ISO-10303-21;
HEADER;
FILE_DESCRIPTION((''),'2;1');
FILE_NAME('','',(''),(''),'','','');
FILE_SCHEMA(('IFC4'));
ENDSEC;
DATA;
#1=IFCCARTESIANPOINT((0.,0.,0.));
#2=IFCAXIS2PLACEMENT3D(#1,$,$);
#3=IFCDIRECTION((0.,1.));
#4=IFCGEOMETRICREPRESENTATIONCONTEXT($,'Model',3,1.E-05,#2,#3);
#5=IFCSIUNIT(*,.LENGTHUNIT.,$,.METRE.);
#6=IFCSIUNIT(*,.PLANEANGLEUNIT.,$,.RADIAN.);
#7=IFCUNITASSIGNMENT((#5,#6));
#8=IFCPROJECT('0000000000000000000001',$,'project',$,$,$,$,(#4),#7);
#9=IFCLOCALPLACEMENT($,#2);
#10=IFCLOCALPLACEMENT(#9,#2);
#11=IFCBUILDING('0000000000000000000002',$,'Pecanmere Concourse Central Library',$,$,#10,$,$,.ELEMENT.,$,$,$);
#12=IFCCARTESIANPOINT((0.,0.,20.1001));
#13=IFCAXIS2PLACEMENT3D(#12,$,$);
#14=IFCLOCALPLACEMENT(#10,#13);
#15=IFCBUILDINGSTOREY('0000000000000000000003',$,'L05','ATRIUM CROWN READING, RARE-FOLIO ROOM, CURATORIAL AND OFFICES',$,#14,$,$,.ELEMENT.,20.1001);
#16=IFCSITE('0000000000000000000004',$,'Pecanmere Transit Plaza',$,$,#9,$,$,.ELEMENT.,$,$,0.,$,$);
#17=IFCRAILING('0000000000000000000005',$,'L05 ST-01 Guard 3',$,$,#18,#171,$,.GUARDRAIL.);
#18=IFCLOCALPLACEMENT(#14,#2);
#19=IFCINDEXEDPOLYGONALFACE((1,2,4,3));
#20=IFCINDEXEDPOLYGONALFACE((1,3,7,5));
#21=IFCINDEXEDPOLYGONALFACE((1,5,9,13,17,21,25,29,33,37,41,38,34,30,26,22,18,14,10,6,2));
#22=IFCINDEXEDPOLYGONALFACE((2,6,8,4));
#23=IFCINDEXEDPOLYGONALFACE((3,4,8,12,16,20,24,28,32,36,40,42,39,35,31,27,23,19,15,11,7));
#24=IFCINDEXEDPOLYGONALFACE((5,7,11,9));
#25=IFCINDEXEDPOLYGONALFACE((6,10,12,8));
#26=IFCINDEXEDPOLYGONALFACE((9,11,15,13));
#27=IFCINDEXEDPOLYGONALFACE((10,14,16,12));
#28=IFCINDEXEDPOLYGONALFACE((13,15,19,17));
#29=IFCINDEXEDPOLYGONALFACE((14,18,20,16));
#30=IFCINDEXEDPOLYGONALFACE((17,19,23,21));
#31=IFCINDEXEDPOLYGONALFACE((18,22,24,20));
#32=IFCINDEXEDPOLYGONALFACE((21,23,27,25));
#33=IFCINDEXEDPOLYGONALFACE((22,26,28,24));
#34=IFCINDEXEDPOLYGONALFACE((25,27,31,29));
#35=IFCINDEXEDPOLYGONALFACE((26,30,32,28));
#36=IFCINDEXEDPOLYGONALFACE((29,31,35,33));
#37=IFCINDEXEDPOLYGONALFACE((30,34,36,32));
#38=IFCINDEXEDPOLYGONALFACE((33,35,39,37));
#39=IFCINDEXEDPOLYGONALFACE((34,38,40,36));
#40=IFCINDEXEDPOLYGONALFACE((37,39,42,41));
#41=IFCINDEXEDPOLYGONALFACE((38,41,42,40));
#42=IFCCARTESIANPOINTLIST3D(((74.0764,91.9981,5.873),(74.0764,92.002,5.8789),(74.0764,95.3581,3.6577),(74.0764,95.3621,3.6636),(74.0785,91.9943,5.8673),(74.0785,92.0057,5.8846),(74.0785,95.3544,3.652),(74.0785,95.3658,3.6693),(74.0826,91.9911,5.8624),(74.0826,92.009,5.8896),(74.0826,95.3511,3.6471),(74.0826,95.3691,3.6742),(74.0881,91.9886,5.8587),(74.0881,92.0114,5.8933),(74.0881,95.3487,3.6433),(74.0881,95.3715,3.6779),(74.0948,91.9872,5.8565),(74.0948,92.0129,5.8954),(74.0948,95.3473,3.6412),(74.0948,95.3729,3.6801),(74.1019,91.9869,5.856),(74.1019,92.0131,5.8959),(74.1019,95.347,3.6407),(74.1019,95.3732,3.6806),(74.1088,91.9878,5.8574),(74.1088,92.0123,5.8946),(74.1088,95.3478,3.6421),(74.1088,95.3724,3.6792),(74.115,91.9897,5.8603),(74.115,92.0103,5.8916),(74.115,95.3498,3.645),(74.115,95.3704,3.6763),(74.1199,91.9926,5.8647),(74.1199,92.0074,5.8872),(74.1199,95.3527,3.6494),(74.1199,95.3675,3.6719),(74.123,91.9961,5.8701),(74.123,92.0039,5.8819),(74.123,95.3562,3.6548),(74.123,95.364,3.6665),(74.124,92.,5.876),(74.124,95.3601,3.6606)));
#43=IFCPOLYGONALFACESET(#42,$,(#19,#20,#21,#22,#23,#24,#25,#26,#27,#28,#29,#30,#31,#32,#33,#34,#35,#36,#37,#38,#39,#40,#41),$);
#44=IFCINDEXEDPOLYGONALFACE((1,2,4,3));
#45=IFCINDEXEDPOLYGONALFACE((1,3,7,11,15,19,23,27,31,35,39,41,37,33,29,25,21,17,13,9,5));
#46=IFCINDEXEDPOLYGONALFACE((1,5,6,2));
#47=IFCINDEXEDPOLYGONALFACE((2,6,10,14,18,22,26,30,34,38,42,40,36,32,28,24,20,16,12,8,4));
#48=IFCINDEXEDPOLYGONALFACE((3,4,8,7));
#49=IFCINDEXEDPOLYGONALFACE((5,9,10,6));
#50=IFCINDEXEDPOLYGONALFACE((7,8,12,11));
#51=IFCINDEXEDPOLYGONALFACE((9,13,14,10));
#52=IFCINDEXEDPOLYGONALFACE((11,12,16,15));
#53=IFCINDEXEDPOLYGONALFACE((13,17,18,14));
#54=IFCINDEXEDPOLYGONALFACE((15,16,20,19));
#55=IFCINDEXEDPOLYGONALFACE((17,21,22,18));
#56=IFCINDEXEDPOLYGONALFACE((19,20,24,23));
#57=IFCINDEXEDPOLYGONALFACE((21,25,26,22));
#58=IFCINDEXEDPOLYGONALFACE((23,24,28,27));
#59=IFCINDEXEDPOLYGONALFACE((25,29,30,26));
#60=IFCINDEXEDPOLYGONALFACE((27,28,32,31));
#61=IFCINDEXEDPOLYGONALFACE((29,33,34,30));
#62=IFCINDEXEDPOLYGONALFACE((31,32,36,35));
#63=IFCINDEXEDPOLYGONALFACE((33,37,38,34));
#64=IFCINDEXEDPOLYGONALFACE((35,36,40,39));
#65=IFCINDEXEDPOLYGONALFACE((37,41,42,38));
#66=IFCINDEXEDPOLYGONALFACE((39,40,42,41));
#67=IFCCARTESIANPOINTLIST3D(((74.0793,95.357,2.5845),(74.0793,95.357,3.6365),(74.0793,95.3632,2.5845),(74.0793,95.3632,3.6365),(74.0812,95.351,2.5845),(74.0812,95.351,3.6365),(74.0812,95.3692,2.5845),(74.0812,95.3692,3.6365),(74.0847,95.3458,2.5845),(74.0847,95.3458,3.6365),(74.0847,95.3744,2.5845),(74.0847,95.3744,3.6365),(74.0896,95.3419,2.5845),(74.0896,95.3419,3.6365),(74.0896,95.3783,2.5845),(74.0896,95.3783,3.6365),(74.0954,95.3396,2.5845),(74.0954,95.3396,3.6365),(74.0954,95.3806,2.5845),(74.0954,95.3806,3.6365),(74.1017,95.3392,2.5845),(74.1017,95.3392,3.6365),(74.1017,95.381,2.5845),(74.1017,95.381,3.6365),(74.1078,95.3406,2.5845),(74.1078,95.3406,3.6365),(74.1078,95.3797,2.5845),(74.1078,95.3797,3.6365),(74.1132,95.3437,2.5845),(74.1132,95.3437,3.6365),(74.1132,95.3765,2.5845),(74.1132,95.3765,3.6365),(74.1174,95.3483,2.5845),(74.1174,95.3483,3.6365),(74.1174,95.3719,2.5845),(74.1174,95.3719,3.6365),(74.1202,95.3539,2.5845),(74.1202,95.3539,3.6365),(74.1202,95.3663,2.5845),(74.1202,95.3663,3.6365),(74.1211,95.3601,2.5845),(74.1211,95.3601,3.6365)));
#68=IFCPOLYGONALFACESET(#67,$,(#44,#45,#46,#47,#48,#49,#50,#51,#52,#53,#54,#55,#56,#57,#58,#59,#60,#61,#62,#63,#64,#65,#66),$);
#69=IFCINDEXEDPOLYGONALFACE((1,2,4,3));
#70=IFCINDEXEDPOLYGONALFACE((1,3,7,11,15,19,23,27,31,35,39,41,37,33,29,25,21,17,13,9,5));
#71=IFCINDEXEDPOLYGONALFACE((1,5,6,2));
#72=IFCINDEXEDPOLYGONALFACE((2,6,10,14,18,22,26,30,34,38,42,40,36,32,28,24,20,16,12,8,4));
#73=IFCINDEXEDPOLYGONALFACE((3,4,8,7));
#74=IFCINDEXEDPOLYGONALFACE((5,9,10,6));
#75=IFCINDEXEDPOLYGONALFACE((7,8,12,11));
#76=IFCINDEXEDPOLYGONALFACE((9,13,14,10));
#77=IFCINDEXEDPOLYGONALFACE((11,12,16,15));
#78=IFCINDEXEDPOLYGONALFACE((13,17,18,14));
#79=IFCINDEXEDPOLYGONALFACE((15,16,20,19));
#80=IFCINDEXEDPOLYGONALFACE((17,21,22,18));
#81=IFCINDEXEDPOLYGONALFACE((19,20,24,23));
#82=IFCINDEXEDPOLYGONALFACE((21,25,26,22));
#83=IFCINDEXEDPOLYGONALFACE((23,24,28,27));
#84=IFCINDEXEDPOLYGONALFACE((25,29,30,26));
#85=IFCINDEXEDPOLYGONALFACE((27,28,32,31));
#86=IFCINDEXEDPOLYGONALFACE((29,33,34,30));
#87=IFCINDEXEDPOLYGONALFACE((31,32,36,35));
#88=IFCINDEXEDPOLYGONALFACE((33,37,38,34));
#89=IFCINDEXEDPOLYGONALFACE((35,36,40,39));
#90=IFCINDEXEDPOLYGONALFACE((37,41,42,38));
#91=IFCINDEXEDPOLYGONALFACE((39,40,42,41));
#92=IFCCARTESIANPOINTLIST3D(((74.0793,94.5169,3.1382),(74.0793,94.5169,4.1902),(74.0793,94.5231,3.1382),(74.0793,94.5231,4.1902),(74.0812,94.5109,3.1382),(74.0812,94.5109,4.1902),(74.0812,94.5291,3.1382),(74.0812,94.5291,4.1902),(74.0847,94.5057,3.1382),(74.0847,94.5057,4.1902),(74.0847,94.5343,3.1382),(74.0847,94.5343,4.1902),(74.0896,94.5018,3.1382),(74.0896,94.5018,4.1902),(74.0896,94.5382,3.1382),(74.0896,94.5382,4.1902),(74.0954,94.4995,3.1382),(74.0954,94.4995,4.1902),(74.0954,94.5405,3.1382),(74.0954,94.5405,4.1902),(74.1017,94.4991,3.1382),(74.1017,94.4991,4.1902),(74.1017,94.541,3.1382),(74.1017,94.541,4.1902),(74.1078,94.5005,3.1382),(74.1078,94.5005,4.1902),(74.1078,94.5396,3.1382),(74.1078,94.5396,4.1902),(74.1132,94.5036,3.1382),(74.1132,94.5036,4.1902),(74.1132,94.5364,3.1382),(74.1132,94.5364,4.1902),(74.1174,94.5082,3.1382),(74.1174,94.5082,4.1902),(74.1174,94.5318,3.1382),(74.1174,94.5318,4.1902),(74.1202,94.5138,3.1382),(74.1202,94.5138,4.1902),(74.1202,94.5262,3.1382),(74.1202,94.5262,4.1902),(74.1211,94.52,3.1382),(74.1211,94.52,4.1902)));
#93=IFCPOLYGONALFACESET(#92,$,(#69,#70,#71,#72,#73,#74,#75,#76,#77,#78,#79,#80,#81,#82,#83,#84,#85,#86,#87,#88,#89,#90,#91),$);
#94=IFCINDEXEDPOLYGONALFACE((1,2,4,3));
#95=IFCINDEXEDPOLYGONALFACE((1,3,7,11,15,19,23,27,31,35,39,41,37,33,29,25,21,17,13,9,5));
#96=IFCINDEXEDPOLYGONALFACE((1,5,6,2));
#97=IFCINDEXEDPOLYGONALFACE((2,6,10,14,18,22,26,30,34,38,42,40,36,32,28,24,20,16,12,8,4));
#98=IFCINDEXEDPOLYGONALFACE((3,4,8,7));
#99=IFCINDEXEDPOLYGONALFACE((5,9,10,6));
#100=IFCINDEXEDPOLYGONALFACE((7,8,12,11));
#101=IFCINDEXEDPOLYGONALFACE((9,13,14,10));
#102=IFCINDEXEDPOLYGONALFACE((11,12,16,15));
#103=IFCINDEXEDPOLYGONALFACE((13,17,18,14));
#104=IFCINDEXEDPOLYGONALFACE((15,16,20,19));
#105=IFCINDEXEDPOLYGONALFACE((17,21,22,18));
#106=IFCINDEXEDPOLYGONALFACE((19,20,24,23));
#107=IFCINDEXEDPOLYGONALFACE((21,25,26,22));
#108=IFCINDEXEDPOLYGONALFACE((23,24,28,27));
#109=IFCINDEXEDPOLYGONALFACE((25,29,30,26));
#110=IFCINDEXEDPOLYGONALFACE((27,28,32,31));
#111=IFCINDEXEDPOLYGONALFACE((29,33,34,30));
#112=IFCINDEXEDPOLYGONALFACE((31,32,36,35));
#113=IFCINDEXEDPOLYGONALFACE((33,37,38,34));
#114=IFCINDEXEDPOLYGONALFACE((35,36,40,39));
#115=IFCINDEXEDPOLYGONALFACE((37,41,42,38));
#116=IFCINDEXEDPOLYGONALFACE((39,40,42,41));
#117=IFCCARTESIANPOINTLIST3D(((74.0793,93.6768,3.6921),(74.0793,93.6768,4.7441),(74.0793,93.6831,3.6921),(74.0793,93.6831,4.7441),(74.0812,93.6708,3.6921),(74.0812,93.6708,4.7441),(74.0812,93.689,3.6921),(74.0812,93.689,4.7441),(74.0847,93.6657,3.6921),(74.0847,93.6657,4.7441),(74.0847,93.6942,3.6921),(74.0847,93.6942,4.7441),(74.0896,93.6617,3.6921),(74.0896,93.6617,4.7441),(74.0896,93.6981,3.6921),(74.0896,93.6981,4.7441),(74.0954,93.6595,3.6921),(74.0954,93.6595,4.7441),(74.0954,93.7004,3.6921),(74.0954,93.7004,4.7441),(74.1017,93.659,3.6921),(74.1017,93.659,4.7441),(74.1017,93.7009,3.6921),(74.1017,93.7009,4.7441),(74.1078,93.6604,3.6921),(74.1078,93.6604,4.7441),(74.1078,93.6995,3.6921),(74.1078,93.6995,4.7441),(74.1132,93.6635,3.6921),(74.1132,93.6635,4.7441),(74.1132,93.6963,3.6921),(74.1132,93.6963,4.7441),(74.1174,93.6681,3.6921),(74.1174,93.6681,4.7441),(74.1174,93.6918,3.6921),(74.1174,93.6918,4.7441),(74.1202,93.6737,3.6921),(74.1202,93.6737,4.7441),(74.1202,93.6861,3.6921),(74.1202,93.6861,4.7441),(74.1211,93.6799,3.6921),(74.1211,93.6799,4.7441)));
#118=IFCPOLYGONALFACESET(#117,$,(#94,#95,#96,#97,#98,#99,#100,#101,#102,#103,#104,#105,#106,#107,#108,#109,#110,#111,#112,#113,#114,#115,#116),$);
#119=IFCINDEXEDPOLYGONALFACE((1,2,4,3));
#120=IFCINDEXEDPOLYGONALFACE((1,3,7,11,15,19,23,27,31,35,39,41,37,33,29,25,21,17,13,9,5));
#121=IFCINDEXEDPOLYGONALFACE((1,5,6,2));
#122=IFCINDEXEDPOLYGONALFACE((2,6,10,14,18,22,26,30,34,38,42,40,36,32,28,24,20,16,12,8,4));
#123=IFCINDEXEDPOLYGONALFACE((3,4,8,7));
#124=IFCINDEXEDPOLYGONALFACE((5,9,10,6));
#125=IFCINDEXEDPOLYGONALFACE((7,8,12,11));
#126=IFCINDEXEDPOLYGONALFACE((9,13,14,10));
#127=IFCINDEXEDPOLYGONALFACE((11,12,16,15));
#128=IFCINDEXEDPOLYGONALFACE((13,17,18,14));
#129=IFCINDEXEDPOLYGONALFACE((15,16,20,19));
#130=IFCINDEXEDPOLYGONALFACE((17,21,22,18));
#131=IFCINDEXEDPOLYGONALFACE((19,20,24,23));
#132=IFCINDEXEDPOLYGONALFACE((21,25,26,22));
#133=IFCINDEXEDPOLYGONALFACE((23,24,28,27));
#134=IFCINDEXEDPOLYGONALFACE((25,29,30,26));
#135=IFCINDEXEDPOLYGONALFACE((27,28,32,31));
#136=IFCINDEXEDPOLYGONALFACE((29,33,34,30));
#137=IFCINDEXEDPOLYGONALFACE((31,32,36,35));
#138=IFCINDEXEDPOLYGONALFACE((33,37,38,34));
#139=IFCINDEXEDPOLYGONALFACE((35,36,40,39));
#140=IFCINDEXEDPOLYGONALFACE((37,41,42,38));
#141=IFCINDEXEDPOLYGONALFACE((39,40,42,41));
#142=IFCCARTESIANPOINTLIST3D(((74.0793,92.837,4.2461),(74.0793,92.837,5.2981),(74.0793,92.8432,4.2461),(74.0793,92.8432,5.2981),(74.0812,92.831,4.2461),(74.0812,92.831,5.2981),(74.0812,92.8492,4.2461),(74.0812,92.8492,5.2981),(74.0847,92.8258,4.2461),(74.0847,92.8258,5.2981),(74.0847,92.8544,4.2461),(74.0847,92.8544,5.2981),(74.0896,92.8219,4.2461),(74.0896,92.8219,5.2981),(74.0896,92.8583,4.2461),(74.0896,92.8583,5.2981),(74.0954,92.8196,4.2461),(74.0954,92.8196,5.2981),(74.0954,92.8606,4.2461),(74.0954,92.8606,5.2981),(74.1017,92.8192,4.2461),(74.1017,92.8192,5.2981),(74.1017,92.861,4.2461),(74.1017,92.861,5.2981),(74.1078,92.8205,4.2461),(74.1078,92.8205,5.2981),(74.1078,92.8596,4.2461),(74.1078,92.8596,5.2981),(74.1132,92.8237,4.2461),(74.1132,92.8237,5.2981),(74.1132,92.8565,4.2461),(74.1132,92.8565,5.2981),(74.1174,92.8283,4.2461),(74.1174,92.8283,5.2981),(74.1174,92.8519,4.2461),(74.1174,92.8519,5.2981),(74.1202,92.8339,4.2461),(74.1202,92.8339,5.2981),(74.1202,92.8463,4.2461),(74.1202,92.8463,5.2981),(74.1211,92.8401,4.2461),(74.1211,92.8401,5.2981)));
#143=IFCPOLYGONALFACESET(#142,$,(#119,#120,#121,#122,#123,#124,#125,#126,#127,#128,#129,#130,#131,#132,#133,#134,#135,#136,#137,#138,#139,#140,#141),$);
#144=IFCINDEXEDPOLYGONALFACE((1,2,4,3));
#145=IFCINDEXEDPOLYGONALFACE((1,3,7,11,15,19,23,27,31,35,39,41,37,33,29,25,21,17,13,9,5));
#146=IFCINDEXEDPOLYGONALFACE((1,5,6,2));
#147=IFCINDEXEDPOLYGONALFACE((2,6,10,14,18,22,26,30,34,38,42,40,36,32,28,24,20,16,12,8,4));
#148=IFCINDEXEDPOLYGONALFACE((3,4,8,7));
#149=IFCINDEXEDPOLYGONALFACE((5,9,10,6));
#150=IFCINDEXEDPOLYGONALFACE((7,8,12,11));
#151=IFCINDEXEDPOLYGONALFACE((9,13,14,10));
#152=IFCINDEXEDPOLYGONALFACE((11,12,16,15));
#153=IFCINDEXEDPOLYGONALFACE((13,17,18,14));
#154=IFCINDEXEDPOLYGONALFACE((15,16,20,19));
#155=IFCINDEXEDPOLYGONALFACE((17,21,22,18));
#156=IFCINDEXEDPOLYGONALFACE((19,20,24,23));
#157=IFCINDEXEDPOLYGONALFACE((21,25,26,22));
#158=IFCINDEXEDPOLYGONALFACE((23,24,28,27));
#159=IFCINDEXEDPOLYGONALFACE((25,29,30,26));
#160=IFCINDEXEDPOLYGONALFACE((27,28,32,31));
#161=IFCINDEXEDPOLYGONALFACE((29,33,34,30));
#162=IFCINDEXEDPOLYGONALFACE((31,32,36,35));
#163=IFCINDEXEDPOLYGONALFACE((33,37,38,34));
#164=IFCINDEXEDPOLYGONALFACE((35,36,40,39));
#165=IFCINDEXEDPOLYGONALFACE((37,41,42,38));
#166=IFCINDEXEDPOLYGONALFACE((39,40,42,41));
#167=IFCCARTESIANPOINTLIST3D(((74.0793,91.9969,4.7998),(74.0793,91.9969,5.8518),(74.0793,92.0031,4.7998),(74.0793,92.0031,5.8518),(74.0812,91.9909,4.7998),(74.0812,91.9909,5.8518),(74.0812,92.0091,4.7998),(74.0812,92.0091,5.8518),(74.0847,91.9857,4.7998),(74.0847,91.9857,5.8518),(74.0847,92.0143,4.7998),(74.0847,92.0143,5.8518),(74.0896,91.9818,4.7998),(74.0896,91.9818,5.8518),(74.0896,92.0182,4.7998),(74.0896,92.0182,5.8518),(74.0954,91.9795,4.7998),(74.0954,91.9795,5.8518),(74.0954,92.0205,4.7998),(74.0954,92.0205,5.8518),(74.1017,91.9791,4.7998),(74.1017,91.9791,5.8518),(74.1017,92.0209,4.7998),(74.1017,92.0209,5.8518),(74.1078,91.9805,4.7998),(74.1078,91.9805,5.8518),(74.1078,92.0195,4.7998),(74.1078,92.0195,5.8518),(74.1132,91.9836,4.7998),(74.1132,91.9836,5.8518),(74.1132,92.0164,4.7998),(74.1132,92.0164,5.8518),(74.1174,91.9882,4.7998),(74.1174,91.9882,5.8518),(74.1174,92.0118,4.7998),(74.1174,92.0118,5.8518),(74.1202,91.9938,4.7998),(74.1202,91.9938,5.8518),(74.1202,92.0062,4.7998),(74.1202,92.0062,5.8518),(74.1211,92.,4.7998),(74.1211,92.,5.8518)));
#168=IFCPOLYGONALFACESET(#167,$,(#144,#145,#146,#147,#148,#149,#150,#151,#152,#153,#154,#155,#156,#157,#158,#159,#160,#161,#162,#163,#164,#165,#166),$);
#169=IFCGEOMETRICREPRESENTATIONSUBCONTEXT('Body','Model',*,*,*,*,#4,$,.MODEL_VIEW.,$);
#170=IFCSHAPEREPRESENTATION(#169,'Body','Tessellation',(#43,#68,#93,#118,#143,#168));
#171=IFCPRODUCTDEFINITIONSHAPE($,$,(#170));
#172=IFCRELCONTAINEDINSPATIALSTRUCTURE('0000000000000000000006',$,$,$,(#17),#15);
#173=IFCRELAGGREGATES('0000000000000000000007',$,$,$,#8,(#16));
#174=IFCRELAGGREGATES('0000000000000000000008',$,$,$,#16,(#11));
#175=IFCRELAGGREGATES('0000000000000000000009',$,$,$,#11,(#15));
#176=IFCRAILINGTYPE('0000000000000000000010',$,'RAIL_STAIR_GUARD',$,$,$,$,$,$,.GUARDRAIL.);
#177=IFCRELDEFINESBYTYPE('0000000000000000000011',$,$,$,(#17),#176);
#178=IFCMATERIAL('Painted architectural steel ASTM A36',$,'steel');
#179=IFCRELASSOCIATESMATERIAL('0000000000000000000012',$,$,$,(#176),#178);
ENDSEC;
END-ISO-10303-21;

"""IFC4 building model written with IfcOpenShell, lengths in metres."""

from ifc_helpers import new_model, si_unit, direction, frame, origin, origin_2d, place, context, subcontext, project, spatial, circle, extrude, material, type_object, element, save


model = new_model("IFC4")

# Units and contexts
model_context = context("Model", 3, precision=1e-05, world=origin(), true_north=direction((0.0, 1.0)))
body_context = subcontext(model_context, "Body", "Model", "MODEL_VIEW")
ifc_project = project(units=[si_unit("LENGTHUNIT", "METRE"), si_unit("PLANEANGLEUNIT", "RADIAN")], contexts=[model_context])

# Site, building, storey
site_placement = place(None, origin())
site = spatial("IfcSite", under=ifc_project, at=site_placement, Name="Pecanmere Transit Plaza", CompositionType="ELEMENT", RefElevation=0.0)
building_placement = place(site_placement, origin())
building = spatial("IfcBuilding", under=site, at=building_placement, Name="Pecanmere Concourse Central Library", CompositionType="ELEMENT")
storey_placement = place(building_placement, frame((0.0, 0.0, 20.1001)))
storey = spatial("IfcBuildingStorey", under=building, at=storey_placement, Name="L05", Description="ATRIUM CROWN READING, RARE-FOLIO ROOM, CURATORIAL AND OFFICES", CompositionType="ELEMENT", Elevation=20.1001)

# Railing
ifc_material_1 = material(Name="Painted architectural steel ASTM A36", Category="steel")
railing_type_1 = type_object("IfcRailingType", Name="RAIL_STAIR_GUARD", PredefinedType="GUARDRAIL", material=ifc_material_1)
railing_1_placement = place(storey_placement, frame((74.1001, 95.3601, 2.5845)))
element("IfcRailing", 1, at=railing_1_placement, inside=storey, type_object=railing_type_1, Name="L05 ST-01 Guard 3", PredefinedType="GUARDRAIL", context=body_context, shape_type="SweptSolid", body=[
    extrude(circle(Radius=0.0239, at=origin_2d()), frame((0.0, 0.0, 1.0762), z_axis=(0.0, -0.834876, 0.550437), x_axis=(1.0, 0.0, 0.0)), (0.0, 0.0, 1.0), 4.0247),
    extrude(circle(Radius=0.021, at=origin_2d()), origin(), (0.0, 0.0, 1.0), 1.052),
    extrude(circle(Radius=0.021, at=origin_2d()), frame((0.0, -0.8401, 0.5537)), (0.0, 0.0, 1.0), 1.052),
    extrude(circle(Radius=0.021, at=origin_2d()), frame((0.0, -1.6802, 1.1077)), (0.0, 0.0, 1.0), 1.052),
    extrude(circle(Radius=0.021, at=origin_2d()), frame((0.0, -2.52, 1.6616)), (0.0, 0.0, 1.0), 1.052),
    extrude(circle(Radius=0.021, at=origin_2d()), frame((0.0, -3.3601, 2.2153)), (0.0, 0.0, 1.0), 1.052),
])

save(model, "model.ifc")
